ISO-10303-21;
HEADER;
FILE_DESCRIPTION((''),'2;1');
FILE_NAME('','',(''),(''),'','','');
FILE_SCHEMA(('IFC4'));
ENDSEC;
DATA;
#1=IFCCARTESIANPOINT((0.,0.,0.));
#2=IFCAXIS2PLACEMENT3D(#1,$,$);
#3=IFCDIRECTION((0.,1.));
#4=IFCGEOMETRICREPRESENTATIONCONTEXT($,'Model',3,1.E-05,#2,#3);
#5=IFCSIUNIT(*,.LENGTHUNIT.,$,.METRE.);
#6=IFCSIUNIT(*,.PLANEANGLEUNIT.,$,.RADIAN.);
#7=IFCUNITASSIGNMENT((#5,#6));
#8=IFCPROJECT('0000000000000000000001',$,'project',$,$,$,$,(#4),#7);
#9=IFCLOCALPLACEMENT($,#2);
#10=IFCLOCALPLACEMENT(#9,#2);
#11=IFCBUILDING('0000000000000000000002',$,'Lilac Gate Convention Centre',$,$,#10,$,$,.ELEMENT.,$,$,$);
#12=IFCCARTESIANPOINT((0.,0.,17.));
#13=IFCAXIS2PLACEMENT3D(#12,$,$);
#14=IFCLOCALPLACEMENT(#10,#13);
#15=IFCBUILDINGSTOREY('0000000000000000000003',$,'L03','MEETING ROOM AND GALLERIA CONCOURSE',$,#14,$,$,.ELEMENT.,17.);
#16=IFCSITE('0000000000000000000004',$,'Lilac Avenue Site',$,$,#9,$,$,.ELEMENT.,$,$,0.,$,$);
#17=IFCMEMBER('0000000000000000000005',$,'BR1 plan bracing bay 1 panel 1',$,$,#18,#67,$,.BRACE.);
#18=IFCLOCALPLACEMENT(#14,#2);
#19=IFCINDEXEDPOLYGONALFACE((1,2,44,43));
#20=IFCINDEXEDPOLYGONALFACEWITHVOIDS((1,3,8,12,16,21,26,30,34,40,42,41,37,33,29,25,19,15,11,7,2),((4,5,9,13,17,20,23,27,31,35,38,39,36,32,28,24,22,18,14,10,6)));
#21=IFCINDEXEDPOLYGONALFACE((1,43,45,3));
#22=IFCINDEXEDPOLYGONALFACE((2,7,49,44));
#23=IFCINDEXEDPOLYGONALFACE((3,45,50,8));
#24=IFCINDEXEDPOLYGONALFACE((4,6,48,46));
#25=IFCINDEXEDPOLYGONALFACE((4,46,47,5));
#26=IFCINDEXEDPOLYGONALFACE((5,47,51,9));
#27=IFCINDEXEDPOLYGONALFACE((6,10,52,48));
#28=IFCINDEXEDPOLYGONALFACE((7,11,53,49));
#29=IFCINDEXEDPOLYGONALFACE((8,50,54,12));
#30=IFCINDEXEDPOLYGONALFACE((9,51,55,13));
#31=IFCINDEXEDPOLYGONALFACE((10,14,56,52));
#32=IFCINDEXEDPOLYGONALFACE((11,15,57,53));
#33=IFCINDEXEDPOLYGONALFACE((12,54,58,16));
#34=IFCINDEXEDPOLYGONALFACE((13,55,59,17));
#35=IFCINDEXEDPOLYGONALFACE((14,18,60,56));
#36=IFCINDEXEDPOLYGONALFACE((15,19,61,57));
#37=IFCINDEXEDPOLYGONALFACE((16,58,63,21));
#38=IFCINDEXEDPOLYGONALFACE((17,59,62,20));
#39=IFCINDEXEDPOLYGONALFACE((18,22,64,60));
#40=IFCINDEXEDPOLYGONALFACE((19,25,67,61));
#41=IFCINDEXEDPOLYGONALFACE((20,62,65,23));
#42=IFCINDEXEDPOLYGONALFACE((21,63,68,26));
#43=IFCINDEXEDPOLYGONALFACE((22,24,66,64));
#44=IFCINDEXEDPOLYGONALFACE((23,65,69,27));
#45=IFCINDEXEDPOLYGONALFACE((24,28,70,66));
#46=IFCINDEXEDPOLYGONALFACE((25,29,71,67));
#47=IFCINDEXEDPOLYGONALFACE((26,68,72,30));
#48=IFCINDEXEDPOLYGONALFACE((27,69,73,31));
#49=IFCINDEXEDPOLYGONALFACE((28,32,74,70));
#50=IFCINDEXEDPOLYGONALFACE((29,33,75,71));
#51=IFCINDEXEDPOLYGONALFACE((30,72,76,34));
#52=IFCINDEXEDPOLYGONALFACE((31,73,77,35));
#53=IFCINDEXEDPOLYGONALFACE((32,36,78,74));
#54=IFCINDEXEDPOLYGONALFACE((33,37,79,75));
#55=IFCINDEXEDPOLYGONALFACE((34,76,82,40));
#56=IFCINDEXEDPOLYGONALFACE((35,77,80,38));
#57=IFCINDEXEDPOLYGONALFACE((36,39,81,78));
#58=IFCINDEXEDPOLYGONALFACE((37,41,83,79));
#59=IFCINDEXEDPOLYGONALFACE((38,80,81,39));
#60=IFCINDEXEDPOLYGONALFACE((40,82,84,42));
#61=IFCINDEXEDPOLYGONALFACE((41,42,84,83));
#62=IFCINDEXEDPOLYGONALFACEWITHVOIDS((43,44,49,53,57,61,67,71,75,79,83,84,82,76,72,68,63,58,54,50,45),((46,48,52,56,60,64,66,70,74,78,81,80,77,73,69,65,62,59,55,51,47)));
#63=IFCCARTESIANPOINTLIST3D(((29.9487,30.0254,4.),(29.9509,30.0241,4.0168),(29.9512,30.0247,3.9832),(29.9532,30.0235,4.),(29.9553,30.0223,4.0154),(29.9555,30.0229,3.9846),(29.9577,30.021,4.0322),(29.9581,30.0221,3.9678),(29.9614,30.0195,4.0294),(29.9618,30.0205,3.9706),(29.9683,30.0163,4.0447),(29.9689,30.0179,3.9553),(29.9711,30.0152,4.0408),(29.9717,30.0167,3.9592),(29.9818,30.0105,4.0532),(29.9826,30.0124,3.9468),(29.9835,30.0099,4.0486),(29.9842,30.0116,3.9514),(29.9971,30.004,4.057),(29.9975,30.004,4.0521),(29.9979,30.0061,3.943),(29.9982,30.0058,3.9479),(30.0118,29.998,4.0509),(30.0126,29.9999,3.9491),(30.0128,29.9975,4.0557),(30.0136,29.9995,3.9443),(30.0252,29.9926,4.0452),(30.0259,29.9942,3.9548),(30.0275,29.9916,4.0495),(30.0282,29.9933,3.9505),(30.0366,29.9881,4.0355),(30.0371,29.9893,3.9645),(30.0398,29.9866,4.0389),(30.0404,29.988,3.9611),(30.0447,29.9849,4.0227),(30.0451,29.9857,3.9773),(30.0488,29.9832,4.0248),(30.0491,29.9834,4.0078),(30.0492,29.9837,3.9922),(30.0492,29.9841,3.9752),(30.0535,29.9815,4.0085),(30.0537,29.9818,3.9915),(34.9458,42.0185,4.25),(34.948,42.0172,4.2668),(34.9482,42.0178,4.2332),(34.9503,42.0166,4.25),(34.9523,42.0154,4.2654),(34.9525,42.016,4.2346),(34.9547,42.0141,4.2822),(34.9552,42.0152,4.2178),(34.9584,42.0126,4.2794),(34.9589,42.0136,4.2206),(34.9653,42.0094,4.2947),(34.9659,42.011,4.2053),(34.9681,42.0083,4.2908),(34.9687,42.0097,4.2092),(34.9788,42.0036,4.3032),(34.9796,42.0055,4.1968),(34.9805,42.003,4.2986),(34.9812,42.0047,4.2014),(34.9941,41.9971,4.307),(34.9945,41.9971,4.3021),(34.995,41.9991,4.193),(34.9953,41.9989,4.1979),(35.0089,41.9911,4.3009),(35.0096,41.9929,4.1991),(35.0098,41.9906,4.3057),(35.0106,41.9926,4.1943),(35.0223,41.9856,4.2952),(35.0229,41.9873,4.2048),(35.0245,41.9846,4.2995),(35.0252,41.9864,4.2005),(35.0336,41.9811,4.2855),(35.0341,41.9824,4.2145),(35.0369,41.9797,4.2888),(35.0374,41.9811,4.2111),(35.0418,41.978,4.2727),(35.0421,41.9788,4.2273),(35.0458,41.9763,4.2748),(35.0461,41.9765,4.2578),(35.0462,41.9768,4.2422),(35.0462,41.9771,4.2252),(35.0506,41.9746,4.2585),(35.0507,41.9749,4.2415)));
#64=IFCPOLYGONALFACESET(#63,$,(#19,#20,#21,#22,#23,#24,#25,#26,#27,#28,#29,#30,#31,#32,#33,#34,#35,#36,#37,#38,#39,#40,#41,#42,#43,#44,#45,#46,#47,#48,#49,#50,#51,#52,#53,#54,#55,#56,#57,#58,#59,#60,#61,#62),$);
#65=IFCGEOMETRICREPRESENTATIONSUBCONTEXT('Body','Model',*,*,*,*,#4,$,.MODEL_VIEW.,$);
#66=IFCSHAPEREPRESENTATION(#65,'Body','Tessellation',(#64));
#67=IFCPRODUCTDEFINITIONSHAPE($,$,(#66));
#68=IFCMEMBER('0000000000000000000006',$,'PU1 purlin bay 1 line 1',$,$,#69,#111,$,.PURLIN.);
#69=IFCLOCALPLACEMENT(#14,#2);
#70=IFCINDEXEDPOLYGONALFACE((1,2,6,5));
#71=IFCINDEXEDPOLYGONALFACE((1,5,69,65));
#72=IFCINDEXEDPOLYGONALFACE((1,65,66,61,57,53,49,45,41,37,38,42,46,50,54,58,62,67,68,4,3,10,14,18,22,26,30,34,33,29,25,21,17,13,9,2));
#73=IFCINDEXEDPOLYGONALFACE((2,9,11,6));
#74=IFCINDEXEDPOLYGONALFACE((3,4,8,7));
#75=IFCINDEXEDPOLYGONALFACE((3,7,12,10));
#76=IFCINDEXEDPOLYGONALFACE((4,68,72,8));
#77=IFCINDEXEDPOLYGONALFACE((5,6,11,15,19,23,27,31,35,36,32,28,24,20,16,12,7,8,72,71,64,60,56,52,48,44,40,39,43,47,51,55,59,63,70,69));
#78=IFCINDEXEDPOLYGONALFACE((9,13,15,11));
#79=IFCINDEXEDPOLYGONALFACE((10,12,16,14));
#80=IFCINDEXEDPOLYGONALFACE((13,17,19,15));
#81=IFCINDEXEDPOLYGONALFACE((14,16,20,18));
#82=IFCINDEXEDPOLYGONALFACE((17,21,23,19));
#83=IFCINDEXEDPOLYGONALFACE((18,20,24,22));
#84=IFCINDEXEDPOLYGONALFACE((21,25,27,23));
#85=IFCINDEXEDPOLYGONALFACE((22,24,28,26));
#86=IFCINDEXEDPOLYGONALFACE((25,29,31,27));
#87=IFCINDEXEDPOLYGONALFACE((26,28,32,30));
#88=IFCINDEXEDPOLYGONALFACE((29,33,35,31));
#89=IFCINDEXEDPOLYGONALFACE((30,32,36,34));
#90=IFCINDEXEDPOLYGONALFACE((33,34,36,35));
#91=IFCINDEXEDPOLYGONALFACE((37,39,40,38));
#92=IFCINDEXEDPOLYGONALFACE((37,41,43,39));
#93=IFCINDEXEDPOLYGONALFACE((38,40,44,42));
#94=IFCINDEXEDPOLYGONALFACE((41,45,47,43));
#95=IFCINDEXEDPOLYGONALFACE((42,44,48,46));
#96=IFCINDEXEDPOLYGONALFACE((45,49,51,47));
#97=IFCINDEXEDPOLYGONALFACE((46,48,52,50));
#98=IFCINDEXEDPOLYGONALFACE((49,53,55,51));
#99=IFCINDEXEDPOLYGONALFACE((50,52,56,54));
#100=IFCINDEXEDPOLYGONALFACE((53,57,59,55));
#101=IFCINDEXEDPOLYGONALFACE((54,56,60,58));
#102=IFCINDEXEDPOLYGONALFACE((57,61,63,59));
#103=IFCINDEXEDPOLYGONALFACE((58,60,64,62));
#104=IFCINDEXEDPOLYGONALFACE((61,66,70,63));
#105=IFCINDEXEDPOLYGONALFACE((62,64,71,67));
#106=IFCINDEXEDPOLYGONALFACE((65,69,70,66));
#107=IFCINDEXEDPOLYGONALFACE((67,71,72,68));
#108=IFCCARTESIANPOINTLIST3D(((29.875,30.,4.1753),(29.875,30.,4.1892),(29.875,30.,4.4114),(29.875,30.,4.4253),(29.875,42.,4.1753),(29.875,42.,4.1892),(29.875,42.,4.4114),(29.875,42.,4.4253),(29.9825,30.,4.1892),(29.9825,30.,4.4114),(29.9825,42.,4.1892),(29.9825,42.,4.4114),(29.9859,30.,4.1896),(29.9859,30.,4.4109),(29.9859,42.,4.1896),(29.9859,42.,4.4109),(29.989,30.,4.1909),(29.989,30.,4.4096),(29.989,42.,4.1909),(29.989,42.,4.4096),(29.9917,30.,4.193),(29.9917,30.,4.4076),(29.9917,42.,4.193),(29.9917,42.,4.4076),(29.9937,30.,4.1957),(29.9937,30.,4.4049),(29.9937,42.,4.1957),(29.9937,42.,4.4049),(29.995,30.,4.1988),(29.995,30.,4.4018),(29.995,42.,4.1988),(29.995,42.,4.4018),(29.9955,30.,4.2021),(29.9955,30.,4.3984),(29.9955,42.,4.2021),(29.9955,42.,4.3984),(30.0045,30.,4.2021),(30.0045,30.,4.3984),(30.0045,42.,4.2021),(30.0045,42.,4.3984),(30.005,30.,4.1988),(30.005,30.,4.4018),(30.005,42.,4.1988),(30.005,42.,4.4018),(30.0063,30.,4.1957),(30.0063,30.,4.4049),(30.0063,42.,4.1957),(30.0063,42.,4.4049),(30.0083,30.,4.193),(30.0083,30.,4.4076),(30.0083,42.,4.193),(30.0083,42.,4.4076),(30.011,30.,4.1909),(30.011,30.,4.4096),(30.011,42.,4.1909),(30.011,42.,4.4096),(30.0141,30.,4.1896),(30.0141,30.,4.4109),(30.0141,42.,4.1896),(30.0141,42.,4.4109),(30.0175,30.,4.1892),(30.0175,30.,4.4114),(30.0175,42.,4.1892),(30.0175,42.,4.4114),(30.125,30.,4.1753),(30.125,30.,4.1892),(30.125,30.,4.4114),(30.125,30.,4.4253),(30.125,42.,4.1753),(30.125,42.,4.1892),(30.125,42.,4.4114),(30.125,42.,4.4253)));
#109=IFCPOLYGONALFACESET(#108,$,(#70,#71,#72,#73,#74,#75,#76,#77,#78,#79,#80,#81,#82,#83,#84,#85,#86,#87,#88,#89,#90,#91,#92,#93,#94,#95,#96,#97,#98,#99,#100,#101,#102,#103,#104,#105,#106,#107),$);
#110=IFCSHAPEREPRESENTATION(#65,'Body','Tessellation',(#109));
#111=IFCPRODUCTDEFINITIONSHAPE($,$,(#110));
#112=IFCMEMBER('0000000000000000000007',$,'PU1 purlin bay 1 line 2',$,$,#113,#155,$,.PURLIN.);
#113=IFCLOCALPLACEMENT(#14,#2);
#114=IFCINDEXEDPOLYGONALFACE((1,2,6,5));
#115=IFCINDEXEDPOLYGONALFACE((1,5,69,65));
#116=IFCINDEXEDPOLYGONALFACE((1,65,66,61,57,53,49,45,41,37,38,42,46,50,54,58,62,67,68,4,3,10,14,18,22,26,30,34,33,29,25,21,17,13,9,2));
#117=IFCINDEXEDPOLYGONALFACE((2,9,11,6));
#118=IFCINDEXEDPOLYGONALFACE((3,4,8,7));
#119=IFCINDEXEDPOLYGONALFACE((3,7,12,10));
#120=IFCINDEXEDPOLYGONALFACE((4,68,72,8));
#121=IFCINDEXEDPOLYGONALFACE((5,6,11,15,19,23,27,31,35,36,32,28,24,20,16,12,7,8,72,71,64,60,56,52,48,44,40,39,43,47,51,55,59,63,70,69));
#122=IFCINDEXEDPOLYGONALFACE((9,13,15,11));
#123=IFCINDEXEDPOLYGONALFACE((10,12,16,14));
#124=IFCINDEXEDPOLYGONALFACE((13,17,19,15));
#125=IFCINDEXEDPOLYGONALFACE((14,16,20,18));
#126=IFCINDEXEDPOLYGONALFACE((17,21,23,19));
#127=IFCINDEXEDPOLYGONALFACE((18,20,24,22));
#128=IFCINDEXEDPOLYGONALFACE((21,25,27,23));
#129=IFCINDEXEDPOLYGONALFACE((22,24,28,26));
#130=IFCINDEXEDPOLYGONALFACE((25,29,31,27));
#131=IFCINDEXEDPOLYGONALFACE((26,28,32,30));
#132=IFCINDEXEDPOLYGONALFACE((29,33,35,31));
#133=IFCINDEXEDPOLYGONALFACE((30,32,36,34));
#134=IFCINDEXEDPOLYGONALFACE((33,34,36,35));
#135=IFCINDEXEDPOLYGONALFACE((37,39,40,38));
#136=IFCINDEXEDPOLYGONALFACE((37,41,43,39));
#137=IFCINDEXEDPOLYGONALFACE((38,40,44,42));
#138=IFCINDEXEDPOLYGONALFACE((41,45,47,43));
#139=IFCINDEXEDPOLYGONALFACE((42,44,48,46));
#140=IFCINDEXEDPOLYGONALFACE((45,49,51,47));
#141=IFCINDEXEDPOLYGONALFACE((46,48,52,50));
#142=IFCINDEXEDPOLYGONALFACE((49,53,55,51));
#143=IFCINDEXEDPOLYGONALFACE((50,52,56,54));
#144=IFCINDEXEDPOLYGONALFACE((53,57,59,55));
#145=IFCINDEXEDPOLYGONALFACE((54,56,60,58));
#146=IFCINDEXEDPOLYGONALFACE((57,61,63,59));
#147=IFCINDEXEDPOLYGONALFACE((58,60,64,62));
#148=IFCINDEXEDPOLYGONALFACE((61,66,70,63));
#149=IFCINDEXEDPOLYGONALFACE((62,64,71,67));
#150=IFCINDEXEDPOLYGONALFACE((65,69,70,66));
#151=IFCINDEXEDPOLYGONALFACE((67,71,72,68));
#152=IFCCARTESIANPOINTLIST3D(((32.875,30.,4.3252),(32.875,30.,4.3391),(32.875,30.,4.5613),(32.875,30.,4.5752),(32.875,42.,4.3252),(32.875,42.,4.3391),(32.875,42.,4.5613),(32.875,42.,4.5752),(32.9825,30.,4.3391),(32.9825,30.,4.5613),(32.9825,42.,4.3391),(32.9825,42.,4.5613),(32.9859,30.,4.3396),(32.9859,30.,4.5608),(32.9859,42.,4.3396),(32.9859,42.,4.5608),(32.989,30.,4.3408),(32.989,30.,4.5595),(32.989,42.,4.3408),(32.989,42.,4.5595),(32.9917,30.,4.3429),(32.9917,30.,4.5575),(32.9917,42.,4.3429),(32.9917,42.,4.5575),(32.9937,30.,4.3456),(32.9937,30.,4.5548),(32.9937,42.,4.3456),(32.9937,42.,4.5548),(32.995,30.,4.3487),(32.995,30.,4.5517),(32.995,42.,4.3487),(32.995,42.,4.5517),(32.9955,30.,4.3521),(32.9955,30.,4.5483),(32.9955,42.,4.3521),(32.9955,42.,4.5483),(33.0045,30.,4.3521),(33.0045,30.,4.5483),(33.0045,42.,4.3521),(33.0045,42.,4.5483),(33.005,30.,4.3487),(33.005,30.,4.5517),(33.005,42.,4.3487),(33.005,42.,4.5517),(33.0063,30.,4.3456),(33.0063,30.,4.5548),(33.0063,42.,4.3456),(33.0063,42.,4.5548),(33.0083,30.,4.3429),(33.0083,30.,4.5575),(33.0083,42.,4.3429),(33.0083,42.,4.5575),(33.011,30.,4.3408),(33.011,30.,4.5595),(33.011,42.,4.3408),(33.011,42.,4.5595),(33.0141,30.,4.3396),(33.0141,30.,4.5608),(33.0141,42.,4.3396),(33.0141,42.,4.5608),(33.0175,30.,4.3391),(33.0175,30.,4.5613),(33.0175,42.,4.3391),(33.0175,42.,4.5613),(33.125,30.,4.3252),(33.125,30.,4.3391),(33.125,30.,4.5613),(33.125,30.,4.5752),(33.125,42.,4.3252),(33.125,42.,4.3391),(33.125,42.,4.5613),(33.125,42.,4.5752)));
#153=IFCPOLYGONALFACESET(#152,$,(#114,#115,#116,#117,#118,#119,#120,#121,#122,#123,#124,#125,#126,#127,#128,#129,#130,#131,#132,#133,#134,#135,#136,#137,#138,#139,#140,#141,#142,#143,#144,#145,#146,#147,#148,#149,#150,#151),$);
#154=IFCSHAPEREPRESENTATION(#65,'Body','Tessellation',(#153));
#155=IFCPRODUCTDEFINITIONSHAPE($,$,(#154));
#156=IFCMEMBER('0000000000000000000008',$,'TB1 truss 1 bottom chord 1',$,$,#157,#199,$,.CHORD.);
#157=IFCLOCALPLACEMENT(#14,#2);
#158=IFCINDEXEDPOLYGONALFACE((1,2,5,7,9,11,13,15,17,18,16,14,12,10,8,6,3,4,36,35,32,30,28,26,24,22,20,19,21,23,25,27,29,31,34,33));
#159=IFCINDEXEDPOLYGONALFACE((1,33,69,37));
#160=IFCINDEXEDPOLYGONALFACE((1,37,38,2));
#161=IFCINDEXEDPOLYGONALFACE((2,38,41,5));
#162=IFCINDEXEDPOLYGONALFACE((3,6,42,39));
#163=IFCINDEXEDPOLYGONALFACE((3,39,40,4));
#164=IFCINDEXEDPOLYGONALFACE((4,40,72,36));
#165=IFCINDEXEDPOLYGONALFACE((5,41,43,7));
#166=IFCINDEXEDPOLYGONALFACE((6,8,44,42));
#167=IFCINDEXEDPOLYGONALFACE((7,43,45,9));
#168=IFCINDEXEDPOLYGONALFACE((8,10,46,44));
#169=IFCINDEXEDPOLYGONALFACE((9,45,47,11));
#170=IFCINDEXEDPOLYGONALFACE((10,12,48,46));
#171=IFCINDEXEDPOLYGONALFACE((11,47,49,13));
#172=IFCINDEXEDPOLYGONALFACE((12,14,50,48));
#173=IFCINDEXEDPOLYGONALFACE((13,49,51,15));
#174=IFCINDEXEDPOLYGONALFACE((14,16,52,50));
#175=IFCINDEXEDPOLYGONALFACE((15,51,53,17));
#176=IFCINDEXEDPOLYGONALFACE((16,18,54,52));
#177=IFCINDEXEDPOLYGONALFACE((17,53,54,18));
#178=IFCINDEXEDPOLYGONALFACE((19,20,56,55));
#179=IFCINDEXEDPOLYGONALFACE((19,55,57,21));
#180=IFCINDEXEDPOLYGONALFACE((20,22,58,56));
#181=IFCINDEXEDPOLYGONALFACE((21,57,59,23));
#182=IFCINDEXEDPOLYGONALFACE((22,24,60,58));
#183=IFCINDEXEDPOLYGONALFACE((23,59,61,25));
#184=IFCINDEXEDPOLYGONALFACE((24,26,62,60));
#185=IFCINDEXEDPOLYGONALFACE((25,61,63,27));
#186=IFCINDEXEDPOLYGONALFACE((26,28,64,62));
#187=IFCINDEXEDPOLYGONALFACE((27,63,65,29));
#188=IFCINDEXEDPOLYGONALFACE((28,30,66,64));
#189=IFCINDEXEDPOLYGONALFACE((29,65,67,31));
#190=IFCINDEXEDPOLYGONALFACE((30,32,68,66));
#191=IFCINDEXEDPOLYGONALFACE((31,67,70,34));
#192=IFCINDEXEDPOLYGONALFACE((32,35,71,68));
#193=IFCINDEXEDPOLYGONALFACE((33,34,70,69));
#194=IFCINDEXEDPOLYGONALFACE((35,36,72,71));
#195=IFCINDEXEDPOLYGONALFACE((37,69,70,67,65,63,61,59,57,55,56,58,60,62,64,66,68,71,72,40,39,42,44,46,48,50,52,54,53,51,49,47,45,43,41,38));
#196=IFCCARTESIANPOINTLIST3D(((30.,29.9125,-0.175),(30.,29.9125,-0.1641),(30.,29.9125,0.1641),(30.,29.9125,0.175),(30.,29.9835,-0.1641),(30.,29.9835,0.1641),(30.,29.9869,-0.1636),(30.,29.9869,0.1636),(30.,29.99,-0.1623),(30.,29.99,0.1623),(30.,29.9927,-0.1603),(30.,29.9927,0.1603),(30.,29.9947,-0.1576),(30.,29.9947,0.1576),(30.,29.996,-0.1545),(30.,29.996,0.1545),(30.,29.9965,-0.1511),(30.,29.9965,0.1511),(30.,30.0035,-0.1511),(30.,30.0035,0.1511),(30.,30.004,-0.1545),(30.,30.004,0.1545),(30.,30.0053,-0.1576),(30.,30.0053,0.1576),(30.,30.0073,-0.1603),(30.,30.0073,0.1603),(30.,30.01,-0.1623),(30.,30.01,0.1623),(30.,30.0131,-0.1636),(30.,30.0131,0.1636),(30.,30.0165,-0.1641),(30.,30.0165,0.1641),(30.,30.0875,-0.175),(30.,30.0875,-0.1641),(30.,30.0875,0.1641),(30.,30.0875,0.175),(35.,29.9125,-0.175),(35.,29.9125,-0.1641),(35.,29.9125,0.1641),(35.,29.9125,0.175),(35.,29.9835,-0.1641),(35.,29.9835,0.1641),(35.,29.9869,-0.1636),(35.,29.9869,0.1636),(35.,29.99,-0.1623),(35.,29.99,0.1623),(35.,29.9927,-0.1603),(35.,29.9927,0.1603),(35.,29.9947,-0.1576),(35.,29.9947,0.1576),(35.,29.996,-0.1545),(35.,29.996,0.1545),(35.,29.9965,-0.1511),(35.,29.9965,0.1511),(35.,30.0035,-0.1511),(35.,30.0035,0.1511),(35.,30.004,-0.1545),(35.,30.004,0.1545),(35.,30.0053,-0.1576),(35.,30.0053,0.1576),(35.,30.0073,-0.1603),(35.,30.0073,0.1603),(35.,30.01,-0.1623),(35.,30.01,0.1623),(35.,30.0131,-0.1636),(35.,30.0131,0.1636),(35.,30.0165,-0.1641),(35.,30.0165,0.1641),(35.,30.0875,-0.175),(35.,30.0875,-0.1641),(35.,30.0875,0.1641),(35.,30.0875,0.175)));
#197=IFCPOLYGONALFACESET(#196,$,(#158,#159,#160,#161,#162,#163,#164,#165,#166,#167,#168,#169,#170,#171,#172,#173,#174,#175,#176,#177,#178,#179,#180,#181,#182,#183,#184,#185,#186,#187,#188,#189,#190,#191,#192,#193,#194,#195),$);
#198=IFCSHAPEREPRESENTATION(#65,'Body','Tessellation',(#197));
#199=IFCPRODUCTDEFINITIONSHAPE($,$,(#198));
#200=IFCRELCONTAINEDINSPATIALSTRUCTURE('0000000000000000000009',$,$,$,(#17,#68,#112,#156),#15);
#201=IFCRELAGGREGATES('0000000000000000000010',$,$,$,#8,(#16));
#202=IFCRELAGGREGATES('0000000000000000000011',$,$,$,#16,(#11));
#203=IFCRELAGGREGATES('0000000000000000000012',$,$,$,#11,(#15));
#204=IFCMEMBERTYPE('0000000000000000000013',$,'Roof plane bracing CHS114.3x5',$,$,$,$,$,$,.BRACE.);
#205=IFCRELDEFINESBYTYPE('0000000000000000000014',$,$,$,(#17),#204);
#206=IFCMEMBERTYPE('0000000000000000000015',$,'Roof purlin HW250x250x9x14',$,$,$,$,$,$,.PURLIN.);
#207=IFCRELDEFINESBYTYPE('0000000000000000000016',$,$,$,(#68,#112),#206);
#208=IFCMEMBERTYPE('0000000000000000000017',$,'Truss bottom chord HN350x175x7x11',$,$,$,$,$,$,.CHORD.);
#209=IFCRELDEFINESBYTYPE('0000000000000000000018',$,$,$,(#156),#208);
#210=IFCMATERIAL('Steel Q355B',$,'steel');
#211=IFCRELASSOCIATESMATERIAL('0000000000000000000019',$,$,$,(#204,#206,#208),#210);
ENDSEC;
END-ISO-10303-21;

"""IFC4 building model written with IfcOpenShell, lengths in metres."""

from ifc_helpers import new_model, si_unit, direction, frame, origin, origin_2d, place, context, subcontext, project, spatial, hollow_circle, i_section, extrude, material, material_profile, profile_set, type_object, element, save


model = new_model("IFC4")

# Units and contexts
model_context = context("Model", 3, precision=1e-05, world=origin(), true_north=direction((0.0, 1.0)))
body_context = subcontext(model_context, "Body", "Model", "MODEL_VIEW")
ifc_project = project(units=[si_unit("LENGTHUNIT", "METRE"), si_unit("PLANEANGLEUNIT", "RADIAN")], contexts=[model_context])

# Site, building, storey
site_placement = place(None, origin())
site = spatial("IfcSite", under=ifc_project, at=site_placement, Name="Lilac Avenue Site", CompositionType="ELEMENT", RefElevation=0.0)
building_placement = place(site_placement, origin())
building = spatial("IfcBuilding", under=site, at=building_placement, Name="Lilac Gate Convention Centre", CompositionType="ELEMENT")
storey_placement = place(building_placement, frame((0.0, 0.0, 17.0)))
storey = spatial("IfcBuildingStorey", under=building, at=storey_placement, Name="L03", Description="MEETING ROOM AND GALLERIA CONCOURSE", CompositionType="ELEMENT", Elevation=17.0)

# Shared definitions
ifc_material_1 = material(Name="Steel Q355B", Category="steel")

# Members
ifc_material_profile_1 = material_profile(ifc_material_1, hollow_circle(Radius=0.0571, WallThickness=0.0049, at=origin_2d()), Name="CHS114.3x5")
ifc_profile_set_1 = profile_set([ifc_material_profile_1], Name="Steel Q355B")
member_type_1 = type_object("IfcMemberType", Name="Roof plane bracing CHS114.3x5", PredefinedType="BRACE", material=ifc_profile_set_1)
member_1_placement = place(storey_placement, frame((30.0015, 30.0034, 4.0), z_axis=(0.384539, 0.922908, 0.019238), x_axis=(-0.923079, 0.38461, 0.0)))
element("IfcMember", 1, at=member_1_placement, inside=storey, type_object=member_type_1, Name="BR1 plan bracing bay 1 panel 1", PredefinedType="BRACE", context=body_context, shape_type="SweptSolid", body=[
    extrude(hollow_circle(Radius=0.0571, WallThickness=0.0049, at=origin_2d()), origin(), (0.0, 0.0, 1.0), 12.9949),
])
ifc_material_profile_2 = material_profile(ifc_material_1, i_section(OverallWidth=0.25, OverallDepth=0.25, WebThickness=0.009, FlangeThickness=0.0139, FilletRadius=0.0129, at=origin_2d()), Name="HW250x250x9x14")
ifc_profile_set_2 = profile_set([ifc_material_profile_2], Name="Steel Q355B")
member_type_2 = type_object("IfcMemberType", Name="Roof purlin HW250x250x9x14", PredefinedType="PURLIN", material=ifc_profile_set_2)
for number, where, z_axis, x_axis, name in (
    (2, (30.0, 30.0, 4.3003), (0.0, 1.0, 0.0), (-1.0, 0.0, 0.0), "PU1 purlin bay 1 line 1"),
    (3, (33.0, 30.0, 4.4502), (0.0, 1.0, 0.0), (-1.0, 0.0, 0.0), "PU1 purlin bay 1 line 2"),
):
    element("IfcMember", number, at=place(storey_placement, frame(where, z_axis=z_axis, x_axis=x_axis)), inside=storey, type_object=member_type_2, Name=name, PredefinedType="PURLIN", context=body_context, shape_type="SweptSolid", body=[
        extrude(i_section(OverallWidth=0.25, OverallDepth=0.25, WebThickness=0.009, FlangeThickness=0.0139, FilletRadius=0.0129, at=origin_2d()), origin(), (0.0, 0.0, 1.0), 12.0),
    ])
ifc_material_profile_3 = material_profile(ifc_material_1, i_section(OverallWidth=0.175, OverallDepth=0.3501, WebThickness=0.0071, FlangeThickness=0.011, FilletRadius=0.0129, at=origin_2d()), Name="HN350x175x7x11")
ifc_profile_set_3 = profile_set([ifc_material_profile_3], Name="Steel Q355B")
member_type_3 = type_object("IfcMemberType", Name="Truss bottom chord HN350x175x7x11", PredefinedType="CHORD", material=ifc_profile_set_3)
for number, where, z_axis, x_axis, name in (
    (4, (30.0, 30.0, 0.0), (1.0, 0.0, 0.0), (0.0, 1.0, 0.0), "TB1 truss 1 bottom chord 1"),
):
    element("IfcMember", number, at=place(storey_placement, frame(where, z_axis=z_axis, x_axis=x_axis)), inside=storey, type_object=member_type_3, Name=name, PredefinedType="CHORD", context=body_context, shape_type="SweptSolid", body=[
        extrude(i_section(OverallWidth=0.175, OverallDepth=0.3501, WebThickness=0.0071, FlangeThickness=0.011, FilletRadius=0.0129, at=origin_2d()), origin(), (0.0, 0.0, 1.0), 5.0),
    ])

save(model, "model.ifc")
